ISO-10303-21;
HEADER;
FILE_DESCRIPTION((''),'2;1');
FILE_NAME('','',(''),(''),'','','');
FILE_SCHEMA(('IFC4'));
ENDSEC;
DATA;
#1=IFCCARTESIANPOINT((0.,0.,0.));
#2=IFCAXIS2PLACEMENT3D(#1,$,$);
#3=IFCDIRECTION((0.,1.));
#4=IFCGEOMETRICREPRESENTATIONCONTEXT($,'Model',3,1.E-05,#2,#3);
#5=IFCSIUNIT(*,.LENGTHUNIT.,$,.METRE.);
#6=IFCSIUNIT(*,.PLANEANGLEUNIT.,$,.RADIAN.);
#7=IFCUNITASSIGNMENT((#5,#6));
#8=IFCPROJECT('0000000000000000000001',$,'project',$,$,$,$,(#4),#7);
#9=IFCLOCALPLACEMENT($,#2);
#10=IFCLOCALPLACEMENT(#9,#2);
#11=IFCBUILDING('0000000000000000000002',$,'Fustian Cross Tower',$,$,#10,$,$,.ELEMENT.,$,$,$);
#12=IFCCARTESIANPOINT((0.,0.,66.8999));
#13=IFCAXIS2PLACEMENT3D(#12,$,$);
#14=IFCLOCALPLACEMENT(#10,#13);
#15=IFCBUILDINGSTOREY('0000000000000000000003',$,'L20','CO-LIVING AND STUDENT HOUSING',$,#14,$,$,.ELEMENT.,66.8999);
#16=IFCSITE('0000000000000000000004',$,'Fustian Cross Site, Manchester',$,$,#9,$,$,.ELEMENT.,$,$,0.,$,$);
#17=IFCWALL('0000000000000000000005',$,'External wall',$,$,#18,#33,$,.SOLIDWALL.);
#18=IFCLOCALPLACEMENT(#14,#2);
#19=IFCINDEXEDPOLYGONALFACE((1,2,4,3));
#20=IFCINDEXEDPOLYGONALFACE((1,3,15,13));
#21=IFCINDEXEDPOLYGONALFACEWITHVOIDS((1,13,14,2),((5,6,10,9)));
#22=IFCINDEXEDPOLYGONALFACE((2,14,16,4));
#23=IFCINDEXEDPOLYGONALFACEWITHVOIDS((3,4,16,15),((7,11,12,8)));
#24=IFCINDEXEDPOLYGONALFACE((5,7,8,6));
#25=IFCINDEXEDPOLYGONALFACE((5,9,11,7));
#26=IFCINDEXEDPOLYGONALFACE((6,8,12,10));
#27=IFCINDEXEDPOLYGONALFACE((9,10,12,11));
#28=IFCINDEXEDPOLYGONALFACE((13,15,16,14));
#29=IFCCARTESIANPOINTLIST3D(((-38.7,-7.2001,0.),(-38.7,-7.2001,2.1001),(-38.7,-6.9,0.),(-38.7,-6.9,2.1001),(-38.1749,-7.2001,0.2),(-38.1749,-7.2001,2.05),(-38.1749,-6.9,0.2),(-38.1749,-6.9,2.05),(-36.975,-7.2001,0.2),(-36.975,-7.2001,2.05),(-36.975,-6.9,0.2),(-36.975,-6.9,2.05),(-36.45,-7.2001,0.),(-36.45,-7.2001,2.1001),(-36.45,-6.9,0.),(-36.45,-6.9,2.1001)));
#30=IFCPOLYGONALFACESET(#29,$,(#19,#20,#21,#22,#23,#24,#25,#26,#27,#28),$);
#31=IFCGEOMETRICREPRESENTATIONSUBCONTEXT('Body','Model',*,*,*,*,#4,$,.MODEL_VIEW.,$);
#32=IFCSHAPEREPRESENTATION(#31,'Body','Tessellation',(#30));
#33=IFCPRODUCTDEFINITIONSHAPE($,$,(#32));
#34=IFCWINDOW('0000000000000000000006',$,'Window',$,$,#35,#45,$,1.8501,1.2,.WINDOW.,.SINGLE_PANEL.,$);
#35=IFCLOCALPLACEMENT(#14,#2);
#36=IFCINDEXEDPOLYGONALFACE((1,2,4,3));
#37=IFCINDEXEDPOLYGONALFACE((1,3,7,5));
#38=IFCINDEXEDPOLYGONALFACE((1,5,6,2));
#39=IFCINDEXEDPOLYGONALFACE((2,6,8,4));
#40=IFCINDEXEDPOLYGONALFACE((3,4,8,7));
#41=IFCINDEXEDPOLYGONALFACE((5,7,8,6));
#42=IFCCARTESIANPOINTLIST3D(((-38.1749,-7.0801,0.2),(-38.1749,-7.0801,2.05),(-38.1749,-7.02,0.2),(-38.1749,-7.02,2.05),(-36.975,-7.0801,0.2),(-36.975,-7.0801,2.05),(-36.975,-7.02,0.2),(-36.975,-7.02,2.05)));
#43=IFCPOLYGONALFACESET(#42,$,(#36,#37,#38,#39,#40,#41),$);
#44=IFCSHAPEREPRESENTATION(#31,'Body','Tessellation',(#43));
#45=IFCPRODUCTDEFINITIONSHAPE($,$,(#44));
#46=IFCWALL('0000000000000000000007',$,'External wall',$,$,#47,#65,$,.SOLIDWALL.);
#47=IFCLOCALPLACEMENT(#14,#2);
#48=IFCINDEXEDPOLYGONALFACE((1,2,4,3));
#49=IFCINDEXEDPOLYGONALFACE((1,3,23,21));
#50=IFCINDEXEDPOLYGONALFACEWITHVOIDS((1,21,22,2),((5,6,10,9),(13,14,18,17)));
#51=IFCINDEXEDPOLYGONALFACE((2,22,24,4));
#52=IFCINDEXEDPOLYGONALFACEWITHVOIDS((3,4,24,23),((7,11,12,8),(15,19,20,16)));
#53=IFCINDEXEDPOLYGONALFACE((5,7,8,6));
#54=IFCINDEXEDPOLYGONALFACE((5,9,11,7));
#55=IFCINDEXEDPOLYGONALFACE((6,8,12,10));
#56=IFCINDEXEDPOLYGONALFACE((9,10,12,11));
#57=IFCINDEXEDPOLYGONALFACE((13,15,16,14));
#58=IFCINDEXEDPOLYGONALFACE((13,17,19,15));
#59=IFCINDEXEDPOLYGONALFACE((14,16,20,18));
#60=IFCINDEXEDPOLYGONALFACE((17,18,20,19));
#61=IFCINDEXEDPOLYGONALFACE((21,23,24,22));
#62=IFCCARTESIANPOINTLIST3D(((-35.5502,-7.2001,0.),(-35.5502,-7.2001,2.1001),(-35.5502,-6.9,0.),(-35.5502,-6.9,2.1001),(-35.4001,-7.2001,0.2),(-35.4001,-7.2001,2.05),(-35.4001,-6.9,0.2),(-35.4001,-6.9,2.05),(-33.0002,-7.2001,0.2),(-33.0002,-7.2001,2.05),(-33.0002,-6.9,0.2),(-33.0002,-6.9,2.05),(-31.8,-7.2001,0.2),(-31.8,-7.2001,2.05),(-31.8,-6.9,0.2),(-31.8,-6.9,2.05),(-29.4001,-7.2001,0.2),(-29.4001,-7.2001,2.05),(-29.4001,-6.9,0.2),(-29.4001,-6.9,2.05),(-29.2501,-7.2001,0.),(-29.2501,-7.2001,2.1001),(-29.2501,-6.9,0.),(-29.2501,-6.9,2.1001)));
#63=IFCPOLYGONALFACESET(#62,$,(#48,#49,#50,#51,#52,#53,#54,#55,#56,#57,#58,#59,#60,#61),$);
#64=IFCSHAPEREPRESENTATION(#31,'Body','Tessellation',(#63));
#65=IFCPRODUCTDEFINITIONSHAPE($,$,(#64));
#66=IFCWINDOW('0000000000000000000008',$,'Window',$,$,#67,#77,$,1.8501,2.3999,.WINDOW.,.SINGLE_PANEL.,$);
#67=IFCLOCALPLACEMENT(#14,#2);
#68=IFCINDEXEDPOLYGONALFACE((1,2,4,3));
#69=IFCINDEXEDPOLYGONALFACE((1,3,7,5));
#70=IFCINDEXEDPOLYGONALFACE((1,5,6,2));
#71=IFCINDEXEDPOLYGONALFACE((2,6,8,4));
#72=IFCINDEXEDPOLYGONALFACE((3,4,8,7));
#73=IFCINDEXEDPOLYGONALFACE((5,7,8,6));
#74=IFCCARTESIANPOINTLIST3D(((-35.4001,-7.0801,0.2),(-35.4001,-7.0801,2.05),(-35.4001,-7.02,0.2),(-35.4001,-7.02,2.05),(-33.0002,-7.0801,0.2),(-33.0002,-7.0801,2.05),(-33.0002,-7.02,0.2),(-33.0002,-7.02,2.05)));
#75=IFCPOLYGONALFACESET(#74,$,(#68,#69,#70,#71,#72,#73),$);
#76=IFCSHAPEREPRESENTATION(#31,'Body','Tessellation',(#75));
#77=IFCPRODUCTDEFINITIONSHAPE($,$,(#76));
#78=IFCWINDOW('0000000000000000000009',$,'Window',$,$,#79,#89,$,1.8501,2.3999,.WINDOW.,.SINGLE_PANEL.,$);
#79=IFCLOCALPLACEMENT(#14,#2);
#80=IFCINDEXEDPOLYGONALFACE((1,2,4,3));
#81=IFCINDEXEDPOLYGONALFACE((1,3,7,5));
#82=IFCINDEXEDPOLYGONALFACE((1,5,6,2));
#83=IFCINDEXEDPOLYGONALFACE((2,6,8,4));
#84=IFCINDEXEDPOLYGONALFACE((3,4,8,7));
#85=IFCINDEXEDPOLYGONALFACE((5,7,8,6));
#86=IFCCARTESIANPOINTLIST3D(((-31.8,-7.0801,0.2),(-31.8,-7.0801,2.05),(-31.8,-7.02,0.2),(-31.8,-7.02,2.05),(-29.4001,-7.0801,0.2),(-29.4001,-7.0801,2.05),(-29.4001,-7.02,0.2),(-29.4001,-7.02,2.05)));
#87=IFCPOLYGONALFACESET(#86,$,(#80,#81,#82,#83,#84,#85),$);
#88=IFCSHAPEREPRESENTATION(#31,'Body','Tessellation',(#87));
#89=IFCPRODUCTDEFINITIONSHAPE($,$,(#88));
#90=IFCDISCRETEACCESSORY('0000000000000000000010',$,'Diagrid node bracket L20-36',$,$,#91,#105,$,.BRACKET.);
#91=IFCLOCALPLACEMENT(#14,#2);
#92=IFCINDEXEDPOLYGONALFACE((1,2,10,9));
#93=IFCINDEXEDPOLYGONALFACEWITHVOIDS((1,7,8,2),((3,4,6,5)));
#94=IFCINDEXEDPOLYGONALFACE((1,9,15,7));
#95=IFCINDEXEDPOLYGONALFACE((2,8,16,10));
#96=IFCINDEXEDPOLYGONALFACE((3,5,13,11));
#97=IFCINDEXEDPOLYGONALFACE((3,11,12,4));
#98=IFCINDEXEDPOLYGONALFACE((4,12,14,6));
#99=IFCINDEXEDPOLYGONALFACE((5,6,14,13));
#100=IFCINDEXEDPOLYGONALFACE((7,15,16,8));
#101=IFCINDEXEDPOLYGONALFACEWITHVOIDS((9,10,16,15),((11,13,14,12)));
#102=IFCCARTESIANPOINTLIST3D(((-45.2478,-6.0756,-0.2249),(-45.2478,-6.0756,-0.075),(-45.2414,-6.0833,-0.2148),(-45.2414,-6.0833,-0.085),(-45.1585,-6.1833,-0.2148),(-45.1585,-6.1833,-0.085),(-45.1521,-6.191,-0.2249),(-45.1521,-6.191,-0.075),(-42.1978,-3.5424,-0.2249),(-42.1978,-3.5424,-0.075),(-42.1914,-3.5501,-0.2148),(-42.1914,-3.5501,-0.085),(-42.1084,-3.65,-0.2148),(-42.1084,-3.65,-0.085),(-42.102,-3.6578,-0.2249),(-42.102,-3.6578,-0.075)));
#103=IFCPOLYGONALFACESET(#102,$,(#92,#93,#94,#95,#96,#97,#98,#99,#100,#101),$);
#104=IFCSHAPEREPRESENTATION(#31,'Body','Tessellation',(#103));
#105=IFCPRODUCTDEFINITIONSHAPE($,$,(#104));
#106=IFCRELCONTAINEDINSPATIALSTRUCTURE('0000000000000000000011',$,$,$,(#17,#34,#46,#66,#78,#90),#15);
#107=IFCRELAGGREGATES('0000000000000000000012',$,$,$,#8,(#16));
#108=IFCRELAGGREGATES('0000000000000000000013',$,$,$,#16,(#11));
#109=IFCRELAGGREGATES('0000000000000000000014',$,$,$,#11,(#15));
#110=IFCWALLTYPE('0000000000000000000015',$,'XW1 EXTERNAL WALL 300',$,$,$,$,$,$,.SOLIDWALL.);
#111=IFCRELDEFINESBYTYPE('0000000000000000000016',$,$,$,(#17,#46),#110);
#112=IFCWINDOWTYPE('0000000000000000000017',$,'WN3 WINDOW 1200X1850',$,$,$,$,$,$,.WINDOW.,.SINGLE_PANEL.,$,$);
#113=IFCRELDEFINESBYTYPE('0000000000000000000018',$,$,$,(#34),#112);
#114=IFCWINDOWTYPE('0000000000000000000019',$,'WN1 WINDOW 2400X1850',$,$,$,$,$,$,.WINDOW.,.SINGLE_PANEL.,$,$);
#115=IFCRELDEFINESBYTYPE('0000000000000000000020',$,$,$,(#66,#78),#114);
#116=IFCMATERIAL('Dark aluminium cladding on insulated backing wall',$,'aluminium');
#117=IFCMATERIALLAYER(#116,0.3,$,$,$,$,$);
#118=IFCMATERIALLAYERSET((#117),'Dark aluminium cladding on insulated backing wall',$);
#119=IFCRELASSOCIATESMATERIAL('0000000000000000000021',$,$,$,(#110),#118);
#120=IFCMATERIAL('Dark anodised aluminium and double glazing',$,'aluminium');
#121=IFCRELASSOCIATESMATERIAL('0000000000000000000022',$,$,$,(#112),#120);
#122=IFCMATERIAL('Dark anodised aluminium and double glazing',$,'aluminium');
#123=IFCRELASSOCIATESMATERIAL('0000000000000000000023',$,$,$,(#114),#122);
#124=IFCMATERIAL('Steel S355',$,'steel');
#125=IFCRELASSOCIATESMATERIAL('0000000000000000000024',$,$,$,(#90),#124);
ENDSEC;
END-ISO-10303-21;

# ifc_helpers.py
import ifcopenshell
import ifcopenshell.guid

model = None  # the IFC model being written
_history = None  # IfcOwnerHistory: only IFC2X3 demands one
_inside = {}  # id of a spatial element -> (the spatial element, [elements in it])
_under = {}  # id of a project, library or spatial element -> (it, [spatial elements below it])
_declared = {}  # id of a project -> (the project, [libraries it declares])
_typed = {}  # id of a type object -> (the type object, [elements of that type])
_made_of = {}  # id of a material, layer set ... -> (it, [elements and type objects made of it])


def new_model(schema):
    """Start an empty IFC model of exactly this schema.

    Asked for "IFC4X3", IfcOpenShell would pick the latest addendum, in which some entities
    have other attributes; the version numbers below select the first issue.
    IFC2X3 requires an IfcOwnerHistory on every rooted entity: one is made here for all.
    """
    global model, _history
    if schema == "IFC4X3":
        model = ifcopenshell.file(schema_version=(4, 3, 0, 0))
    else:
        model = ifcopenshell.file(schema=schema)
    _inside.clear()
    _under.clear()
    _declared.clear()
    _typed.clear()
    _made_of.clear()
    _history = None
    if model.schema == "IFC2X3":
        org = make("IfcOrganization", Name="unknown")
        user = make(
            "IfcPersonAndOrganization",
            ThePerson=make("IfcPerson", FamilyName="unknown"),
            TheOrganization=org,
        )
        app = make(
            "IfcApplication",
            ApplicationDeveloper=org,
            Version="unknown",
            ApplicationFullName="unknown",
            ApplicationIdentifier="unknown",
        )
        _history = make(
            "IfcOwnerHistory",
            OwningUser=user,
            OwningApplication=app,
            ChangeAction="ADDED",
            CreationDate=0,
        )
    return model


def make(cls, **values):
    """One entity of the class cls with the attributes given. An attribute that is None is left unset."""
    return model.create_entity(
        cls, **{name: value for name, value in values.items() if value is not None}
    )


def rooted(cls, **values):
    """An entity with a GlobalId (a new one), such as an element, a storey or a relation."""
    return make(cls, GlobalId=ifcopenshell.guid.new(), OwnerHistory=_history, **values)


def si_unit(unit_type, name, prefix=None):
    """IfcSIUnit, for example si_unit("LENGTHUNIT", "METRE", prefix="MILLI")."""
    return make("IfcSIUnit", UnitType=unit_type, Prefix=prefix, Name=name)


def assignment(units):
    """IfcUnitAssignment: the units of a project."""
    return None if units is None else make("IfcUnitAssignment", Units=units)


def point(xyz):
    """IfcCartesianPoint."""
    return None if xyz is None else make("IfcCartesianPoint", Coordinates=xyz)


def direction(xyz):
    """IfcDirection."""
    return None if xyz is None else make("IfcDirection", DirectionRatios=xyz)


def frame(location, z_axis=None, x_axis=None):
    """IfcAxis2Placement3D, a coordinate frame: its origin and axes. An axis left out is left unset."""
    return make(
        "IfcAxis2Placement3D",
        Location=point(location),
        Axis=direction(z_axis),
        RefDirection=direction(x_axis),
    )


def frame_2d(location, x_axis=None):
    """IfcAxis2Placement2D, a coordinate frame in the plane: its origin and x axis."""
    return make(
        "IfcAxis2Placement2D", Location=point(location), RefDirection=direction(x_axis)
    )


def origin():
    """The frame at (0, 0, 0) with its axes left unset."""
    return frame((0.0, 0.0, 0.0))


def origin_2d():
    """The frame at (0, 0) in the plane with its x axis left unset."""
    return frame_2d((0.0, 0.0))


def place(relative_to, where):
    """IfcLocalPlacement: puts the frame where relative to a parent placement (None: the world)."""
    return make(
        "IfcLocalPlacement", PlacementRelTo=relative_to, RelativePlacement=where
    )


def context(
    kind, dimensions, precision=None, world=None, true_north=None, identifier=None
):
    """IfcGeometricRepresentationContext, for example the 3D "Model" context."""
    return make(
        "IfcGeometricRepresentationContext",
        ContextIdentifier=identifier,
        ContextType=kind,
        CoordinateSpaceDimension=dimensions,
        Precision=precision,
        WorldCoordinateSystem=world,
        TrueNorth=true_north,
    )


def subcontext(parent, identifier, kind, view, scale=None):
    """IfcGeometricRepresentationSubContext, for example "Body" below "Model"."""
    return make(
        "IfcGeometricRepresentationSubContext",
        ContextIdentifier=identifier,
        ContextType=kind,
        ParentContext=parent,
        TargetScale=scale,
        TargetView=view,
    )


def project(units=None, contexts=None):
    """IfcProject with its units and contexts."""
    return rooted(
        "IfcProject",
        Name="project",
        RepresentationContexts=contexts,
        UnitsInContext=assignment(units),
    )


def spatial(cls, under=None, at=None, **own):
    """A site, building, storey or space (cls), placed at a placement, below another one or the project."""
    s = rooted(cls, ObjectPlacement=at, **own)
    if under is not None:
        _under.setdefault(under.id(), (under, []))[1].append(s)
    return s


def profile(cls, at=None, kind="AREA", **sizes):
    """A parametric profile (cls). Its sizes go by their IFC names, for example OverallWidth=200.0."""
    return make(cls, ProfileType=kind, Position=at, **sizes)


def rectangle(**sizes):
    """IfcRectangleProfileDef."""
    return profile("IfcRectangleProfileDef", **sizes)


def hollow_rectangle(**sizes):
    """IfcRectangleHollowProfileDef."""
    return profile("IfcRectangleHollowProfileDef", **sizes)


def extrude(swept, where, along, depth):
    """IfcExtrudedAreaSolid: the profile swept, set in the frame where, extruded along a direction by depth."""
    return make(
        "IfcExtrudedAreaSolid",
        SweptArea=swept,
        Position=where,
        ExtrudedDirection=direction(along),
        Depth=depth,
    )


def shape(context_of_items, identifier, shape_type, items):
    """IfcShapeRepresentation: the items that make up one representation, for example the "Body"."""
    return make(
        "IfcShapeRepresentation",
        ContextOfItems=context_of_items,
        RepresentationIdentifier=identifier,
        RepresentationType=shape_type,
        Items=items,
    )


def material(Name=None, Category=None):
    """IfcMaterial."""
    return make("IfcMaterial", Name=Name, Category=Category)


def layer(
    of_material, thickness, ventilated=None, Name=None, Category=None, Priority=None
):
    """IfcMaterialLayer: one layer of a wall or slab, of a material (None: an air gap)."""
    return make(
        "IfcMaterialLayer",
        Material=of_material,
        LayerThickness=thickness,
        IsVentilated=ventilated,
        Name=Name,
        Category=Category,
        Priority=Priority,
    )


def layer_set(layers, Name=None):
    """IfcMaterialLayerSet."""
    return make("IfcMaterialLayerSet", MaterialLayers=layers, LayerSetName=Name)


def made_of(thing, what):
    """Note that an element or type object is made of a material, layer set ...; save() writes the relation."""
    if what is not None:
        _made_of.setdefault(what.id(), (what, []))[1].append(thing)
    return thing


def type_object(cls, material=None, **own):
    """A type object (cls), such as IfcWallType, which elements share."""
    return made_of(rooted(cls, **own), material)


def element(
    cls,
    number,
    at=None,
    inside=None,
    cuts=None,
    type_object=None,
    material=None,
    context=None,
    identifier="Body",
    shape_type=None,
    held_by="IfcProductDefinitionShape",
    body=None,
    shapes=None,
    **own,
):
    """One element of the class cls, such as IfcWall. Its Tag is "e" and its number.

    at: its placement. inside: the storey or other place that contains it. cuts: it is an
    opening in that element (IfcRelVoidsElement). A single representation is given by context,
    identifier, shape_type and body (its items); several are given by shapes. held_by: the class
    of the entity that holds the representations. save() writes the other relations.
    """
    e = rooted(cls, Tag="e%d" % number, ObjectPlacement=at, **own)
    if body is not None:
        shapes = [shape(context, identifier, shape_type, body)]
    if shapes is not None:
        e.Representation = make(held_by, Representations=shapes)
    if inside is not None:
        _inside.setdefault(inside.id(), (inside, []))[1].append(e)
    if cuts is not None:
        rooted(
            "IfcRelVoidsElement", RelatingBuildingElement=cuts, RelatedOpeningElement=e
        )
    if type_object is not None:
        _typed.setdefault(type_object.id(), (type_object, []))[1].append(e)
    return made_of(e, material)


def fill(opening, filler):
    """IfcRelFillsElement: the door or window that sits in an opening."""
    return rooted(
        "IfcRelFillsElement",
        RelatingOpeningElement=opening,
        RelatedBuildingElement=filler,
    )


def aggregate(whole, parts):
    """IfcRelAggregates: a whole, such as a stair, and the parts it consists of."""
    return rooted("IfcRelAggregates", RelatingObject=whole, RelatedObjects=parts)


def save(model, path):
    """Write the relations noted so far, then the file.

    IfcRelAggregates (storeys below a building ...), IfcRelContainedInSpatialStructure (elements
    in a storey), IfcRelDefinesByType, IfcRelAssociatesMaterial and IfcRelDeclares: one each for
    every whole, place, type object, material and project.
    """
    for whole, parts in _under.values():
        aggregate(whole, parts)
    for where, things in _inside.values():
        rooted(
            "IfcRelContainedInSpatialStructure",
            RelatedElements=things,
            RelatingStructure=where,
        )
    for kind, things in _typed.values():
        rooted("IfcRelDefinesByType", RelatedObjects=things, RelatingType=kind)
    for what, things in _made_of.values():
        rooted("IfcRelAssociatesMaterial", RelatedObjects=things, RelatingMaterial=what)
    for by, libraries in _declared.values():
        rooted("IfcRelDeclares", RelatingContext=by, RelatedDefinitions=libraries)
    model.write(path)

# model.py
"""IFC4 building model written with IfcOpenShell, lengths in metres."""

from ifc_helpers import new_model, si_unit, direction, frame, frame_2d, origin, origin_2d, place, context, subcontext, project, spatial, rectangle, hollow_rectangle, extrude, material, layer, layer_set, type_object, element, fill, save


model = new_model("IFC4")

# Units and contexts
model_context = context("Model", 3, precision=1e-05, world=origin(), true_north=direction((0.0, 1.0)))
body_context = subcontext(model_context, "Body", "Model", "MODEL_VIEW")
ifc_project = project(units=[si_unit("LENGTHUNIT", "METRE"), si_unit("PLANEANGLEUNIT", "RADIAN")], contexts=[model_context])

# Site, building, storey
site_placement = place(None, origin())
site = spatial("IfcSite", under=ifc_project, at=site_placement, Name="Fustian Cross Site, Manchester", CompositionType="ELEMENT", RefElevation=0.0)
building_placement = place(site_placement, origin())
building = spatial("IfcBuilding", under=site, at=building_placement, Name="Fustian Cross Tower", CompositionType="ELEMENT")
storey_placement = place(building_placement, frame((0.0, 0.0, 66.8999)))
storey = spatial("IfcBuildingStorey", under=building, at=storey_placement, Name="L20", Description="CO-LIVING AND STUDENT HOUSING", CompositionType="ELEMENT", Elevation=66.8999)

# Shared definitions
ifc_material_1 = material(Name="Dark aluminium cladding on insulated backing wall", Category="aluminium")
ifc_layer_1 = layer(ifc_material_1, 0.3)
ifc_layer_set_1 = layer_set([ifc_layer_1], Name="Dark aluminium cladding on insulated backing wall")
wall_type_1 = type_object("IfcWallType", Name="XW1 EXTERNAL WALL 300", PredefinedType="SOLIDWALL", material=ifc_layer_set_1)

# Shared definitions
ifc_material_2 = material(Name="Dark anodised aluminium and double glazing", Category="aluminium")
window_type_1 = type_object("IfcWindowType", Name="WN3 WINDOW 1200X1850", PartitioningType="SINGLE_PANEL", PredefinedType="WINDOW", material=ifc_material_2)

# Wall, opening, window
wall_1_placement = place(storey_placement, frame((-38.7, -7.05, 0.0), z_axis=(0.0, 0.0, 1.0), x_axis=(1.0, 0.0, 0.0)))
wall_1 = element("IfcWall", 1, at=wall_1_placement, inside=storey, type_object=wall_type_1, Name="External wall", PredefinedType="SOLIDWALL", context=body_context, shape_type="SweptSolid", body=[
    extrude(rectangle(XDim=2.25, YDim=0.3, at=frame_2d((1.125, 0.0))), origin(), (0.0, 0.0, 1.0), 2.1001),
])
opening_1_placement = place(wall_1_placement, frame((0.5249, 0.0, 0.2)))
opening_1 = element("IfcOpeningElement", 2, at=opening_1_placement, cuts=wall_1, PredefinedType="OPENING", context=body_context, shape_type="SweptSolid", body=[
    extrude(rectangle(XDim=1.2, YDim=1.8501, at=frame_2d((0.6001, 0.925))), frame((0.0, 0.1599, 0.0), z_axis=(0.0, -1.0, 0.0), x_axis=(1.0, 0.0, 0.0)), (0.0, 0.0, 1.0), 0.3201),
])
window_1_placement = place(opening_1_placement, origin())
window_1 = element("IfcWindow", 3, at=window_1_placement, inside=storey, type_object=window_type_1, Name="Window", OverallHeight=1.8501, OverallWidth=1.2, PartitioningType="SINGLE_PANEL", PredefinedType="WINDOW", context=body_context, shape_type="SweptSolid", body=[
    extrude(rectangle(XDim=1.2, YDim=1.8501, at=frame_2d((0.6001, 0.925))), frame((0.0, 0.03, 0.0), z_axis=(0.0, -1.0, 0.0), x_axis=(1.0, 0.0, 0.0)), (0.0, 0.0, 1.0), 0.0601),
])
fill(opening_1, window_1)

# Wall, openings, windows
wall_2_placement = place(storey_placement, frame((-35.55, -7.05, 0.0), z_axis=(0.0, 0.0, 1.0), x_axis=(1.0, 0.0, 0.0)))
wall_2 = element("IfcWall", 4, at=wall_2_placement, inside=storey, type_object=wall_type_1, Name="External wall", PredefinedType="SOLIDWALL", context=body_context, shape_type="SweptSolid", body=[
    extrude(rectangle(XDim=6.3, YDim=0.3, at=frame_2d((3.1499, 0.0))), origin(), (0.0, 0.0, 1.0), 2.1001),
])
opening_2_placement = place(wall_2_placement, frame((0.1499, 0.0, 0.2)))
opening_2 = element("IfcOpeningElement", 5, at=opening_2_placement, cuts=wall_2, PredefinedType="OPENING", context=body_context, shape_type="SweptSolid", body=[
    extrude(rectangle(XDim=2.3999, YDim=1.8501, at=frame_2d((1.2, 0.925))), frame((0.0, 0.1599, 0.0), z_axis=(0.0, -1.0, 0.0), x_axis=(1.0, 0.0, 0.0)), (0.0, 0.0, 1.0), 0.3201),
])
opening_3_placement = place(wall_2_placement, frame((3.75, 0.0, 0.2)))
opening_3 = element("IfcOpeningElement", 6, at=opening_3_placement, cuts=wall_2, PredefinedType="OPENING", context=body_context, shape_type="SweptSolid", body=[
    extrude(rectangle(XDim=2.3999, YDim=1.8501, at=frame_2d((1.2, 0.925))), frame((0.0, 0.1599, 0.0), z_axis=(0.0, -1.0, 0.0), x_axis=(1.0, 0.0, 0.0)), (0.0, 0.0, 1.0), 0.3201),
])
ifc_material_3 = material(Name="Dark anodised aluminium and double glazing", Category="aluminium")
window_type_2 = type_object("IfcWindowType", Name="WN1 WINDOW 2400X1850", PartitioningType="SINGLE_PANEL", PredefinedType="WINDOW", material=ifc_material_3)
window_2_placement = place(opening_2_placement, origin())
window_2 = element("IfcWindow", 7, at=window_2_placement, inside=storey, type_object=window_type_2, Name="Window", OverallHeight=1.8501, OverallWidth=2.3999, PartitioningType="SINGLE_PANEL", PredefinedType="WINDOW", context=body_context, shape_type="SweptSolid", body=[
    extrude(rectangle(XDim=2.3999, YDim=1.8501, at=frame_2d((1.2, 0.925))), frame((0.0, 0.03, 0.0), z_axis=(0.0, -1.0, 0.0), x_axis=(1.0, 0.0, 0.0)), (0.0, 0.0, 1.0), 0.0601),
])
fill(opening_2, window_2)
window_3_placement = place(opening_3_placement, origin())
window_3 = element("IfcWindow", 8, at=window_3_placement, inside=storey, type_object=window_type_2, Name="Window", OverallHeight=1.8501, OverallWidth=2.3999, PartitioningType="SINGLE_PANEL", PredefinedType="WINDOW", context=body_context, shape_type="SweptSolid", body=[
    extrude(rectangle(XDim=2.3999, YDim=1.8501, at=frame_2d((1.2, 0.925))), frame((0.0, 0.03, 0.0), z_axis=(0.0, -1.0, 0.0), x_axis=(1.0, 0.0, 0.0)), (0.0, 0.0, 1.0), 0.0601),
])
fill(opening_3, window_3)

# Discrete accessory
ifc_material_4 = material(Name="Steel S355", Category="steel")
discrete_accessory_placement = place(storey_placement, frame((-45.2, -6.1333, -0.1499), z_axis=(0.769275, 0.638918, 0.0), x_axis=(-0.638918, 0.769275, 0.0)))
element("IfcDiscreteAccessory", 9, at=discrete_accessory_placement, inside=storey, material=ifc_material_4, Name="Diagrid node bracket L20-36", PredefinedType="BRACKET", context=body_context, shape_type="SweptSolid", body=[
    extrude(hollow_rectangle(XDim=0.1499, YDim=0.1499, WallThickness=0.01, at=origin_2d()), origin(), (0.0, 0.0, 1.0), 3.9648),
])

save(model, "model.ifc")
